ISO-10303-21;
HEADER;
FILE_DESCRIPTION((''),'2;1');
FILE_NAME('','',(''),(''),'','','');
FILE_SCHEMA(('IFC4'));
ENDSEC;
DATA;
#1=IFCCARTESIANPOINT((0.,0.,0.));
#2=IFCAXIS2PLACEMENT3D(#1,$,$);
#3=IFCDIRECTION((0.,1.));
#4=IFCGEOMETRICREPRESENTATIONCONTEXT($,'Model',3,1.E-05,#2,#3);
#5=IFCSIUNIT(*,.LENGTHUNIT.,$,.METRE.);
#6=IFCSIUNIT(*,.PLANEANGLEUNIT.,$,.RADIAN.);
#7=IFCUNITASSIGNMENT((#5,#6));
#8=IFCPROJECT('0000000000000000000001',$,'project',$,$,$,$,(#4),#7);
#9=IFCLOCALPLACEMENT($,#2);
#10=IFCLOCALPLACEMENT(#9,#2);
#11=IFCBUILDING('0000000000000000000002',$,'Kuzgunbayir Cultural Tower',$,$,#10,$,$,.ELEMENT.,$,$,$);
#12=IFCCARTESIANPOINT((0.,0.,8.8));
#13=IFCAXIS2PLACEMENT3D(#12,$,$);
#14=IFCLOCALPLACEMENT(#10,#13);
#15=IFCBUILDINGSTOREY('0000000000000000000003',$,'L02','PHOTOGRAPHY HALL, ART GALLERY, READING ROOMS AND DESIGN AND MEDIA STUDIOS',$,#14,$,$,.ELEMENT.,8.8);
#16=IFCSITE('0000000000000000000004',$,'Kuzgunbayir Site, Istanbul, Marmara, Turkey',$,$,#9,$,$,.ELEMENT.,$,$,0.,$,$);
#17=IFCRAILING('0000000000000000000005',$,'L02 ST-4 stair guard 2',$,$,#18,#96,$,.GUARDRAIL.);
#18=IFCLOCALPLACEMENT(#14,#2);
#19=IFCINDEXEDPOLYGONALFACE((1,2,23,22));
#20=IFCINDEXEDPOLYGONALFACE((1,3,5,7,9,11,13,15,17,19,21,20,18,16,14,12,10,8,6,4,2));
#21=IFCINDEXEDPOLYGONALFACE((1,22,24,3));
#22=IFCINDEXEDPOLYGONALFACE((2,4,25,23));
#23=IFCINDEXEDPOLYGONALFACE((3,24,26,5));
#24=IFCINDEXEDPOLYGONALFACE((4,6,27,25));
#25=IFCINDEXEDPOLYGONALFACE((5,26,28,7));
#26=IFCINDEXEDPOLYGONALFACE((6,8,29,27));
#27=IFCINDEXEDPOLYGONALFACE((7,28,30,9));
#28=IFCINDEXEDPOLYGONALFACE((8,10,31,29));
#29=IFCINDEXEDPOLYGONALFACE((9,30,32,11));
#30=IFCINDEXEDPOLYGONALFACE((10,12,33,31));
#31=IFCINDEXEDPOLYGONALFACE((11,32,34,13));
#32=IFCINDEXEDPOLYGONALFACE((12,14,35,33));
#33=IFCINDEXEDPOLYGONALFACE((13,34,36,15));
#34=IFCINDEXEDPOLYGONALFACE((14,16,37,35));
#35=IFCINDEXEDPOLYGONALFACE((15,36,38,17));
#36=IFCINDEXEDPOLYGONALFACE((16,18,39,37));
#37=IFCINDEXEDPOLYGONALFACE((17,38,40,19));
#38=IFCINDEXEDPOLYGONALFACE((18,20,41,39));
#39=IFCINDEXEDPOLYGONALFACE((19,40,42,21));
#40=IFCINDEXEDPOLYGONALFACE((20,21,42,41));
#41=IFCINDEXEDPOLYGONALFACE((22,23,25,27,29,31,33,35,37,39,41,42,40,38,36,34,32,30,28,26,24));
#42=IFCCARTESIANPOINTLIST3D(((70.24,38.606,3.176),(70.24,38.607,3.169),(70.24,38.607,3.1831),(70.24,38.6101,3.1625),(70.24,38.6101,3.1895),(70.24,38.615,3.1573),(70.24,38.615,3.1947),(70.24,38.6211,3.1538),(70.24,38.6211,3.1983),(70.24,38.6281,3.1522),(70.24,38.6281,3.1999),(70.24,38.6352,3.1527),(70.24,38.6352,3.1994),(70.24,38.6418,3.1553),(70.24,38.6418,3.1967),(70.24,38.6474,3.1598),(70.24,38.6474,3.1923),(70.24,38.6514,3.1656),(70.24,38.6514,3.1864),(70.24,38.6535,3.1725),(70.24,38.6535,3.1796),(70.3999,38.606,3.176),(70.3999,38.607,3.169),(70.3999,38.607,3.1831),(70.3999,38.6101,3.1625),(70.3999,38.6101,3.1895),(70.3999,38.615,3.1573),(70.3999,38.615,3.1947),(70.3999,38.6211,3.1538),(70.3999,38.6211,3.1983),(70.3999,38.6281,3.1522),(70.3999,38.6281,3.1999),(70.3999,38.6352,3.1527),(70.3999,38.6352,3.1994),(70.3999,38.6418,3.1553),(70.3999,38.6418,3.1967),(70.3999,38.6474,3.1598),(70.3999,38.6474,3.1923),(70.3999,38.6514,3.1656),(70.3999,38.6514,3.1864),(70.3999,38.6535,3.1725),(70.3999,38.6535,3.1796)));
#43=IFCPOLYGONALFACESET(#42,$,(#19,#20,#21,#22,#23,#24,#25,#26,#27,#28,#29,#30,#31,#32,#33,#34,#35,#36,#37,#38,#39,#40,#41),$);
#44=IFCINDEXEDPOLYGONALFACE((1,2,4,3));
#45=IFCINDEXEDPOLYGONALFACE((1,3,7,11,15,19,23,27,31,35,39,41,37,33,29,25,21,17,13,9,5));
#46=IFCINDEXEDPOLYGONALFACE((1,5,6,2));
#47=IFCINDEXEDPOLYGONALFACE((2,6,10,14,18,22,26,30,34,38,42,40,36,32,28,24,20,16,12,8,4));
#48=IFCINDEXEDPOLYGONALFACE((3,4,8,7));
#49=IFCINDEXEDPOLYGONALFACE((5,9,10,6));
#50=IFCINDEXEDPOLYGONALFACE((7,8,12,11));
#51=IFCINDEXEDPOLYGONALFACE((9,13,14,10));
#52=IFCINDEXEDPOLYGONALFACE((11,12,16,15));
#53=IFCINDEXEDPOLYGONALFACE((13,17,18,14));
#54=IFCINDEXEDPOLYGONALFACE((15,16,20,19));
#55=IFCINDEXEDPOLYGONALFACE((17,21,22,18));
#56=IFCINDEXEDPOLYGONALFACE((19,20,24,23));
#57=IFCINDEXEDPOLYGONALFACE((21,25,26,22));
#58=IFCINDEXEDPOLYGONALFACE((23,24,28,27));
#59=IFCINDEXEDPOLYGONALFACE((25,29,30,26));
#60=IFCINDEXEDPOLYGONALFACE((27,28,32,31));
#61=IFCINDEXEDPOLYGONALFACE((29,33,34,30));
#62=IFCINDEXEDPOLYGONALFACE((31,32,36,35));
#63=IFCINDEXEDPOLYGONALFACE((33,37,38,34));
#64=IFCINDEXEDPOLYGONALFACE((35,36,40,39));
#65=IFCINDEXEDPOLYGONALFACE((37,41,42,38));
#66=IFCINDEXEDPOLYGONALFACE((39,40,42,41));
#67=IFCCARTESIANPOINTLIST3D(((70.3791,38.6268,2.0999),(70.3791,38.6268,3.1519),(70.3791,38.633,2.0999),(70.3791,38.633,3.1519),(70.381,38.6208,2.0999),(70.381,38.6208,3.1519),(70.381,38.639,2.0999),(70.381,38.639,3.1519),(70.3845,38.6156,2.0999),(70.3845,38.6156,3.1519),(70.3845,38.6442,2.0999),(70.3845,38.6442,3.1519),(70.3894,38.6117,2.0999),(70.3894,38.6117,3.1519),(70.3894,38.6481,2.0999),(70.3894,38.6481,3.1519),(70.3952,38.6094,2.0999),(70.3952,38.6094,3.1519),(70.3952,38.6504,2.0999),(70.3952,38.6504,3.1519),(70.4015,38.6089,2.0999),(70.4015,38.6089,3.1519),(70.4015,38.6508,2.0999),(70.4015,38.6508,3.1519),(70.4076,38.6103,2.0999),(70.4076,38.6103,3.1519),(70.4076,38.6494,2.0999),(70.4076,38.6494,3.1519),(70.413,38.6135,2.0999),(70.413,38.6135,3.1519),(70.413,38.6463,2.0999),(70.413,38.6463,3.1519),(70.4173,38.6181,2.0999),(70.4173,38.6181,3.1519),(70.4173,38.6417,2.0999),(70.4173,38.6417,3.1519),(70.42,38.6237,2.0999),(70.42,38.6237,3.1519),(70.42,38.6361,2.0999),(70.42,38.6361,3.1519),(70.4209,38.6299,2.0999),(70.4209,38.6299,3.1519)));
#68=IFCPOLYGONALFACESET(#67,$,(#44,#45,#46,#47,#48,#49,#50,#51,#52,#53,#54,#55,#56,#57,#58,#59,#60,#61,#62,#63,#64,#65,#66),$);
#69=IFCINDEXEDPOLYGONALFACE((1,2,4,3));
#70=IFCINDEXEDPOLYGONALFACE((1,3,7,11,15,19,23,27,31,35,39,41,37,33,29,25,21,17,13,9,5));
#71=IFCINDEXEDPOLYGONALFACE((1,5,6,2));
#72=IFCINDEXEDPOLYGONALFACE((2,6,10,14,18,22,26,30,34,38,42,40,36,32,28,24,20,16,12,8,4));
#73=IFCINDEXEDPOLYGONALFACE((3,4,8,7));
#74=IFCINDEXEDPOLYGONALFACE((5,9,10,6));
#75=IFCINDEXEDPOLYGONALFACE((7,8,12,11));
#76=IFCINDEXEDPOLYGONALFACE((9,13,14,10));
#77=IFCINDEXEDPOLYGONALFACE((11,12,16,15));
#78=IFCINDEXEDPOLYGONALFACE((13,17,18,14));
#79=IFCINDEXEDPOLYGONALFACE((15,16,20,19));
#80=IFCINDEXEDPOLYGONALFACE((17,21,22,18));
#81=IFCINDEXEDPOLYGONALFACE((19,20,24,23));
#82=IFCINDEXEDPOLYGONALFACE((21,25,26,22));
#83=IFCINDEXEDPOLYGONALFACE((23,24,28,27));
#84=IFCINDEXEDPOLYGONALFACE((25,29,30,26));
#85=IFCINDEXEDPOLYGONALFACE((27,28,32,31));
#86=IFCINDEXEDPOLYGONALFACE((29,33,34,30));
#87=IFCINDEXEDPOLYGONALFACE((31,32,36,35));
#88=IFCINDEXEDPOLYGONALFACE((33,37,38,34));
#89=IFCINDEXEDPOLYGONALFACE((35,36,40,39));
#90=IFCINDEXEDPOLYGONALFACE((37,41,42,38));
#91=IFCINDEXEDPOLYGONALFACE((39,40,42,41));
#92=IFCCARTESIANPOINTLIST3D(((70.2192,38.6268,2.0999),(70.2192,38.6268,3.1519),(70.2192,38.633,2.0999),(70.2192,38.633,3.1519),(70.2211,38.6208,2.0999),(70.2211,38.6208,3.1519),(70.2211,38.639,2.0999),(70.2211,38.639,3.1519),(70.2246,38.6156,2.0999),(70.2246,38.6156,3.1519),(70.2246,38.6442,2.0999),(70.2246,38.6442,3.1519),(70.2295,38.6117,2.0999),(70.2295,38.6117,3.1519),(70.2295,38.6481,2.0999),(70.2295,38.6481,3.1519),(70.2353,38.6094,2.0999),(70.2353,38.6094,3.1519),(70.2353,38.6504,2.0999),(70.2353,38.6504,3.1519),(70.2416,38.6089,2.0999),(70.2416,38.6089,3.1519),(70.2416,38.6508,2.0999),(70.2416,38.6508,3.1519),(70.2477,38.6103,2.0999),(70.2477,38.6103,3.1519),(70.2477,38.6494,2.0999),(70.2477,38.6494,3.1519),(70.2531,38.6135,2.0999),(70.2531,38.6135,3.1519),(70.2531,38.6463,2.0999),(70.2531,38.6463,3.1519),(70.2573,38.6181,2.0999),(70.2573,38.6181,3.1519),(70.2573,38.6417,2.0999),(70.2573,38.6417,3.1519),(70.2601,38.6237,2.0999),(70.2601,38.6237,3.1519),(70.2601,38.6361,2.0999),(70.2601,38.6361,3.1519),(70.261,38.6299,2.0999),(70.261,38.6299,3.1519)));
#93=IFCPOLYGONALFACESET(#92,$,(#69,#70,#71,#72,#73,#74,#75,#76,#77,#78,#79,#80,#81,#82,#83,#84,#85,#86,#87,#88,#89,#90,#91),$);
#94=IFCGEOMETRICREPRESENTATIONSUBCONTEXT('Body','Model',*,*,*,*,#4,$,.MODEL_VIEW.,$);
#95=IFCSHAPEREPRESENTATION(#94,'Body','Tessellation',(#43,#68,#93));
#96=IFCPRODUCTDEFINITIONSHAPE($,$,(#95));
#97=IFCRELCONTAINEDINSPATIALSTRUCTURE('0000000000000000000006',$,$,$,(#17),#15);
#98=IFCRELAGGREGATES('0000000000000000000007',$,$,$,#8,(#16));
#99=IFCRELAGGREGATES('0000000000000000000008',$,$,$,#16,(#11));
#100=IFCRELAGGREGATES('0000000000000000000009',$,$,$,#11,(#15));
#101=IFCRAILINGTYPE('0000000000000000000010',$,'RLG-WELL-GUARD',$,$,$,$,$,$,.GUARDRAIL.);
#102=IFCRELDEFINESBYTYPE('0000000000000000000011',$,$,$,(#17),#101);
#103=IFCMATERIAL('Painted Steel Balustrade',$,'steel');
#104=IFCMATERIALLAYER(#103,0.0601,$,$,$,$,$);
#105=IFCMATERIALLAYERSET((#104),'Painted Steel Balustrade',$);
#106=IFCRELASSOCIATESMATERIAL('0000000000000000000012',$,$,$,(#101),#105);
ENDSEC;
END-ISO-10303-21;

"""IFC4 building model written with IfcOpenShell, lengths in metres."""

from ifc_helpers import new_model, si_unit, direction, frame, origin, origin_2d, place, context, subcontext, project, spatial, circle, extrude, material, layer, layer_set, type_object, element, save


model = new_model("IFC4")

# Units and contexts
model_context = context("Model", 3, precision=1e-05, world=origin(), true_north=direction((0.0, 1.0)))
body_context = subcontext(model_context, "Body", "Model", "MODEL_VIEW")
ifc_project = project(units=[si_unit("LENGTHUNIT", "METRE"), si_unit("PLANEANGLEUNIT", "RADIAN")], contexts=[model_context])

# Site, building, storey
site_placement = place(None, origin())
site = spatial("IfcSite", under=ifc_project, at=site_placement, Name="Kuzgunbayir Site, Istanbul, Marmara, Turkey", CompositionType="ELEMENT", RefElevation=0.0)
building_placement = place(site_placement, origin())
building = spatial("IfcBuilding", under=site, at=building_placement, Name="Kuzgunbayir Cultural Tower", CompositionType="ELEMENT")
storey_placement = place(building_placement, frame((0.0, 0.0, 8.8)))
storey = spatial("IfcBuildingStorey", under=building, at=storey_placement, Name="L02", Description="PHOTOGRAPHY HALL, ART GALLERY, READING ROOMS AND DESIGN AND MEDIA STUDIOS", CompositionType="ELEMENT", Elevation=8.8)

# Railing
ifc_material_1 = material(Name="Painted Steel Balustrade", Category="steel")
ifc_layer_1 = layer(ifc_material_1, 0.0601)
ifc_layer_set_1 = layer_set([ifc_layer_1], Name="Painted Steel Balustrade")
railing_type_1 = type_object("IfcRailingType", Name="RLG-WELL-GUARD", PredefinedType="GUARDRAIL", material=ifc_layer_set_1)
railing_1_placement = place(storey_placement, frame((70.3999, 38.6299, 2.0999)))
element("IfcRailing", 1, at=railing_1_placement, inside=storey, type_object=railing_type_1, Name="L02 ST-4 stair guard 2", PredefinedType="GUARDRAIL", context=body_context, shape_type="SweptSolid", body=[
    extrude(circle(Radius=0.0239, at=origin_2d()), frame((0.0, 0.0, 1.0762), z_axis=(-1.0, 0.0, 0.0), x_axis=(0.0, -1.0, 0.0)), (0.0, 0.0, 1.0), 0.1599),
    extrude(circle(Radius=0.021, at=origin_2d()), origin(), (0.0, 0.0, 1.0), 1.052),
    extrude(circle(Radius=0.021, at=origin_2d()), frame((-0.1599, 0.0, 0.0)), (0.0, 0.0, 1.0), 1.052),
])

save(model, "model.ifc")
